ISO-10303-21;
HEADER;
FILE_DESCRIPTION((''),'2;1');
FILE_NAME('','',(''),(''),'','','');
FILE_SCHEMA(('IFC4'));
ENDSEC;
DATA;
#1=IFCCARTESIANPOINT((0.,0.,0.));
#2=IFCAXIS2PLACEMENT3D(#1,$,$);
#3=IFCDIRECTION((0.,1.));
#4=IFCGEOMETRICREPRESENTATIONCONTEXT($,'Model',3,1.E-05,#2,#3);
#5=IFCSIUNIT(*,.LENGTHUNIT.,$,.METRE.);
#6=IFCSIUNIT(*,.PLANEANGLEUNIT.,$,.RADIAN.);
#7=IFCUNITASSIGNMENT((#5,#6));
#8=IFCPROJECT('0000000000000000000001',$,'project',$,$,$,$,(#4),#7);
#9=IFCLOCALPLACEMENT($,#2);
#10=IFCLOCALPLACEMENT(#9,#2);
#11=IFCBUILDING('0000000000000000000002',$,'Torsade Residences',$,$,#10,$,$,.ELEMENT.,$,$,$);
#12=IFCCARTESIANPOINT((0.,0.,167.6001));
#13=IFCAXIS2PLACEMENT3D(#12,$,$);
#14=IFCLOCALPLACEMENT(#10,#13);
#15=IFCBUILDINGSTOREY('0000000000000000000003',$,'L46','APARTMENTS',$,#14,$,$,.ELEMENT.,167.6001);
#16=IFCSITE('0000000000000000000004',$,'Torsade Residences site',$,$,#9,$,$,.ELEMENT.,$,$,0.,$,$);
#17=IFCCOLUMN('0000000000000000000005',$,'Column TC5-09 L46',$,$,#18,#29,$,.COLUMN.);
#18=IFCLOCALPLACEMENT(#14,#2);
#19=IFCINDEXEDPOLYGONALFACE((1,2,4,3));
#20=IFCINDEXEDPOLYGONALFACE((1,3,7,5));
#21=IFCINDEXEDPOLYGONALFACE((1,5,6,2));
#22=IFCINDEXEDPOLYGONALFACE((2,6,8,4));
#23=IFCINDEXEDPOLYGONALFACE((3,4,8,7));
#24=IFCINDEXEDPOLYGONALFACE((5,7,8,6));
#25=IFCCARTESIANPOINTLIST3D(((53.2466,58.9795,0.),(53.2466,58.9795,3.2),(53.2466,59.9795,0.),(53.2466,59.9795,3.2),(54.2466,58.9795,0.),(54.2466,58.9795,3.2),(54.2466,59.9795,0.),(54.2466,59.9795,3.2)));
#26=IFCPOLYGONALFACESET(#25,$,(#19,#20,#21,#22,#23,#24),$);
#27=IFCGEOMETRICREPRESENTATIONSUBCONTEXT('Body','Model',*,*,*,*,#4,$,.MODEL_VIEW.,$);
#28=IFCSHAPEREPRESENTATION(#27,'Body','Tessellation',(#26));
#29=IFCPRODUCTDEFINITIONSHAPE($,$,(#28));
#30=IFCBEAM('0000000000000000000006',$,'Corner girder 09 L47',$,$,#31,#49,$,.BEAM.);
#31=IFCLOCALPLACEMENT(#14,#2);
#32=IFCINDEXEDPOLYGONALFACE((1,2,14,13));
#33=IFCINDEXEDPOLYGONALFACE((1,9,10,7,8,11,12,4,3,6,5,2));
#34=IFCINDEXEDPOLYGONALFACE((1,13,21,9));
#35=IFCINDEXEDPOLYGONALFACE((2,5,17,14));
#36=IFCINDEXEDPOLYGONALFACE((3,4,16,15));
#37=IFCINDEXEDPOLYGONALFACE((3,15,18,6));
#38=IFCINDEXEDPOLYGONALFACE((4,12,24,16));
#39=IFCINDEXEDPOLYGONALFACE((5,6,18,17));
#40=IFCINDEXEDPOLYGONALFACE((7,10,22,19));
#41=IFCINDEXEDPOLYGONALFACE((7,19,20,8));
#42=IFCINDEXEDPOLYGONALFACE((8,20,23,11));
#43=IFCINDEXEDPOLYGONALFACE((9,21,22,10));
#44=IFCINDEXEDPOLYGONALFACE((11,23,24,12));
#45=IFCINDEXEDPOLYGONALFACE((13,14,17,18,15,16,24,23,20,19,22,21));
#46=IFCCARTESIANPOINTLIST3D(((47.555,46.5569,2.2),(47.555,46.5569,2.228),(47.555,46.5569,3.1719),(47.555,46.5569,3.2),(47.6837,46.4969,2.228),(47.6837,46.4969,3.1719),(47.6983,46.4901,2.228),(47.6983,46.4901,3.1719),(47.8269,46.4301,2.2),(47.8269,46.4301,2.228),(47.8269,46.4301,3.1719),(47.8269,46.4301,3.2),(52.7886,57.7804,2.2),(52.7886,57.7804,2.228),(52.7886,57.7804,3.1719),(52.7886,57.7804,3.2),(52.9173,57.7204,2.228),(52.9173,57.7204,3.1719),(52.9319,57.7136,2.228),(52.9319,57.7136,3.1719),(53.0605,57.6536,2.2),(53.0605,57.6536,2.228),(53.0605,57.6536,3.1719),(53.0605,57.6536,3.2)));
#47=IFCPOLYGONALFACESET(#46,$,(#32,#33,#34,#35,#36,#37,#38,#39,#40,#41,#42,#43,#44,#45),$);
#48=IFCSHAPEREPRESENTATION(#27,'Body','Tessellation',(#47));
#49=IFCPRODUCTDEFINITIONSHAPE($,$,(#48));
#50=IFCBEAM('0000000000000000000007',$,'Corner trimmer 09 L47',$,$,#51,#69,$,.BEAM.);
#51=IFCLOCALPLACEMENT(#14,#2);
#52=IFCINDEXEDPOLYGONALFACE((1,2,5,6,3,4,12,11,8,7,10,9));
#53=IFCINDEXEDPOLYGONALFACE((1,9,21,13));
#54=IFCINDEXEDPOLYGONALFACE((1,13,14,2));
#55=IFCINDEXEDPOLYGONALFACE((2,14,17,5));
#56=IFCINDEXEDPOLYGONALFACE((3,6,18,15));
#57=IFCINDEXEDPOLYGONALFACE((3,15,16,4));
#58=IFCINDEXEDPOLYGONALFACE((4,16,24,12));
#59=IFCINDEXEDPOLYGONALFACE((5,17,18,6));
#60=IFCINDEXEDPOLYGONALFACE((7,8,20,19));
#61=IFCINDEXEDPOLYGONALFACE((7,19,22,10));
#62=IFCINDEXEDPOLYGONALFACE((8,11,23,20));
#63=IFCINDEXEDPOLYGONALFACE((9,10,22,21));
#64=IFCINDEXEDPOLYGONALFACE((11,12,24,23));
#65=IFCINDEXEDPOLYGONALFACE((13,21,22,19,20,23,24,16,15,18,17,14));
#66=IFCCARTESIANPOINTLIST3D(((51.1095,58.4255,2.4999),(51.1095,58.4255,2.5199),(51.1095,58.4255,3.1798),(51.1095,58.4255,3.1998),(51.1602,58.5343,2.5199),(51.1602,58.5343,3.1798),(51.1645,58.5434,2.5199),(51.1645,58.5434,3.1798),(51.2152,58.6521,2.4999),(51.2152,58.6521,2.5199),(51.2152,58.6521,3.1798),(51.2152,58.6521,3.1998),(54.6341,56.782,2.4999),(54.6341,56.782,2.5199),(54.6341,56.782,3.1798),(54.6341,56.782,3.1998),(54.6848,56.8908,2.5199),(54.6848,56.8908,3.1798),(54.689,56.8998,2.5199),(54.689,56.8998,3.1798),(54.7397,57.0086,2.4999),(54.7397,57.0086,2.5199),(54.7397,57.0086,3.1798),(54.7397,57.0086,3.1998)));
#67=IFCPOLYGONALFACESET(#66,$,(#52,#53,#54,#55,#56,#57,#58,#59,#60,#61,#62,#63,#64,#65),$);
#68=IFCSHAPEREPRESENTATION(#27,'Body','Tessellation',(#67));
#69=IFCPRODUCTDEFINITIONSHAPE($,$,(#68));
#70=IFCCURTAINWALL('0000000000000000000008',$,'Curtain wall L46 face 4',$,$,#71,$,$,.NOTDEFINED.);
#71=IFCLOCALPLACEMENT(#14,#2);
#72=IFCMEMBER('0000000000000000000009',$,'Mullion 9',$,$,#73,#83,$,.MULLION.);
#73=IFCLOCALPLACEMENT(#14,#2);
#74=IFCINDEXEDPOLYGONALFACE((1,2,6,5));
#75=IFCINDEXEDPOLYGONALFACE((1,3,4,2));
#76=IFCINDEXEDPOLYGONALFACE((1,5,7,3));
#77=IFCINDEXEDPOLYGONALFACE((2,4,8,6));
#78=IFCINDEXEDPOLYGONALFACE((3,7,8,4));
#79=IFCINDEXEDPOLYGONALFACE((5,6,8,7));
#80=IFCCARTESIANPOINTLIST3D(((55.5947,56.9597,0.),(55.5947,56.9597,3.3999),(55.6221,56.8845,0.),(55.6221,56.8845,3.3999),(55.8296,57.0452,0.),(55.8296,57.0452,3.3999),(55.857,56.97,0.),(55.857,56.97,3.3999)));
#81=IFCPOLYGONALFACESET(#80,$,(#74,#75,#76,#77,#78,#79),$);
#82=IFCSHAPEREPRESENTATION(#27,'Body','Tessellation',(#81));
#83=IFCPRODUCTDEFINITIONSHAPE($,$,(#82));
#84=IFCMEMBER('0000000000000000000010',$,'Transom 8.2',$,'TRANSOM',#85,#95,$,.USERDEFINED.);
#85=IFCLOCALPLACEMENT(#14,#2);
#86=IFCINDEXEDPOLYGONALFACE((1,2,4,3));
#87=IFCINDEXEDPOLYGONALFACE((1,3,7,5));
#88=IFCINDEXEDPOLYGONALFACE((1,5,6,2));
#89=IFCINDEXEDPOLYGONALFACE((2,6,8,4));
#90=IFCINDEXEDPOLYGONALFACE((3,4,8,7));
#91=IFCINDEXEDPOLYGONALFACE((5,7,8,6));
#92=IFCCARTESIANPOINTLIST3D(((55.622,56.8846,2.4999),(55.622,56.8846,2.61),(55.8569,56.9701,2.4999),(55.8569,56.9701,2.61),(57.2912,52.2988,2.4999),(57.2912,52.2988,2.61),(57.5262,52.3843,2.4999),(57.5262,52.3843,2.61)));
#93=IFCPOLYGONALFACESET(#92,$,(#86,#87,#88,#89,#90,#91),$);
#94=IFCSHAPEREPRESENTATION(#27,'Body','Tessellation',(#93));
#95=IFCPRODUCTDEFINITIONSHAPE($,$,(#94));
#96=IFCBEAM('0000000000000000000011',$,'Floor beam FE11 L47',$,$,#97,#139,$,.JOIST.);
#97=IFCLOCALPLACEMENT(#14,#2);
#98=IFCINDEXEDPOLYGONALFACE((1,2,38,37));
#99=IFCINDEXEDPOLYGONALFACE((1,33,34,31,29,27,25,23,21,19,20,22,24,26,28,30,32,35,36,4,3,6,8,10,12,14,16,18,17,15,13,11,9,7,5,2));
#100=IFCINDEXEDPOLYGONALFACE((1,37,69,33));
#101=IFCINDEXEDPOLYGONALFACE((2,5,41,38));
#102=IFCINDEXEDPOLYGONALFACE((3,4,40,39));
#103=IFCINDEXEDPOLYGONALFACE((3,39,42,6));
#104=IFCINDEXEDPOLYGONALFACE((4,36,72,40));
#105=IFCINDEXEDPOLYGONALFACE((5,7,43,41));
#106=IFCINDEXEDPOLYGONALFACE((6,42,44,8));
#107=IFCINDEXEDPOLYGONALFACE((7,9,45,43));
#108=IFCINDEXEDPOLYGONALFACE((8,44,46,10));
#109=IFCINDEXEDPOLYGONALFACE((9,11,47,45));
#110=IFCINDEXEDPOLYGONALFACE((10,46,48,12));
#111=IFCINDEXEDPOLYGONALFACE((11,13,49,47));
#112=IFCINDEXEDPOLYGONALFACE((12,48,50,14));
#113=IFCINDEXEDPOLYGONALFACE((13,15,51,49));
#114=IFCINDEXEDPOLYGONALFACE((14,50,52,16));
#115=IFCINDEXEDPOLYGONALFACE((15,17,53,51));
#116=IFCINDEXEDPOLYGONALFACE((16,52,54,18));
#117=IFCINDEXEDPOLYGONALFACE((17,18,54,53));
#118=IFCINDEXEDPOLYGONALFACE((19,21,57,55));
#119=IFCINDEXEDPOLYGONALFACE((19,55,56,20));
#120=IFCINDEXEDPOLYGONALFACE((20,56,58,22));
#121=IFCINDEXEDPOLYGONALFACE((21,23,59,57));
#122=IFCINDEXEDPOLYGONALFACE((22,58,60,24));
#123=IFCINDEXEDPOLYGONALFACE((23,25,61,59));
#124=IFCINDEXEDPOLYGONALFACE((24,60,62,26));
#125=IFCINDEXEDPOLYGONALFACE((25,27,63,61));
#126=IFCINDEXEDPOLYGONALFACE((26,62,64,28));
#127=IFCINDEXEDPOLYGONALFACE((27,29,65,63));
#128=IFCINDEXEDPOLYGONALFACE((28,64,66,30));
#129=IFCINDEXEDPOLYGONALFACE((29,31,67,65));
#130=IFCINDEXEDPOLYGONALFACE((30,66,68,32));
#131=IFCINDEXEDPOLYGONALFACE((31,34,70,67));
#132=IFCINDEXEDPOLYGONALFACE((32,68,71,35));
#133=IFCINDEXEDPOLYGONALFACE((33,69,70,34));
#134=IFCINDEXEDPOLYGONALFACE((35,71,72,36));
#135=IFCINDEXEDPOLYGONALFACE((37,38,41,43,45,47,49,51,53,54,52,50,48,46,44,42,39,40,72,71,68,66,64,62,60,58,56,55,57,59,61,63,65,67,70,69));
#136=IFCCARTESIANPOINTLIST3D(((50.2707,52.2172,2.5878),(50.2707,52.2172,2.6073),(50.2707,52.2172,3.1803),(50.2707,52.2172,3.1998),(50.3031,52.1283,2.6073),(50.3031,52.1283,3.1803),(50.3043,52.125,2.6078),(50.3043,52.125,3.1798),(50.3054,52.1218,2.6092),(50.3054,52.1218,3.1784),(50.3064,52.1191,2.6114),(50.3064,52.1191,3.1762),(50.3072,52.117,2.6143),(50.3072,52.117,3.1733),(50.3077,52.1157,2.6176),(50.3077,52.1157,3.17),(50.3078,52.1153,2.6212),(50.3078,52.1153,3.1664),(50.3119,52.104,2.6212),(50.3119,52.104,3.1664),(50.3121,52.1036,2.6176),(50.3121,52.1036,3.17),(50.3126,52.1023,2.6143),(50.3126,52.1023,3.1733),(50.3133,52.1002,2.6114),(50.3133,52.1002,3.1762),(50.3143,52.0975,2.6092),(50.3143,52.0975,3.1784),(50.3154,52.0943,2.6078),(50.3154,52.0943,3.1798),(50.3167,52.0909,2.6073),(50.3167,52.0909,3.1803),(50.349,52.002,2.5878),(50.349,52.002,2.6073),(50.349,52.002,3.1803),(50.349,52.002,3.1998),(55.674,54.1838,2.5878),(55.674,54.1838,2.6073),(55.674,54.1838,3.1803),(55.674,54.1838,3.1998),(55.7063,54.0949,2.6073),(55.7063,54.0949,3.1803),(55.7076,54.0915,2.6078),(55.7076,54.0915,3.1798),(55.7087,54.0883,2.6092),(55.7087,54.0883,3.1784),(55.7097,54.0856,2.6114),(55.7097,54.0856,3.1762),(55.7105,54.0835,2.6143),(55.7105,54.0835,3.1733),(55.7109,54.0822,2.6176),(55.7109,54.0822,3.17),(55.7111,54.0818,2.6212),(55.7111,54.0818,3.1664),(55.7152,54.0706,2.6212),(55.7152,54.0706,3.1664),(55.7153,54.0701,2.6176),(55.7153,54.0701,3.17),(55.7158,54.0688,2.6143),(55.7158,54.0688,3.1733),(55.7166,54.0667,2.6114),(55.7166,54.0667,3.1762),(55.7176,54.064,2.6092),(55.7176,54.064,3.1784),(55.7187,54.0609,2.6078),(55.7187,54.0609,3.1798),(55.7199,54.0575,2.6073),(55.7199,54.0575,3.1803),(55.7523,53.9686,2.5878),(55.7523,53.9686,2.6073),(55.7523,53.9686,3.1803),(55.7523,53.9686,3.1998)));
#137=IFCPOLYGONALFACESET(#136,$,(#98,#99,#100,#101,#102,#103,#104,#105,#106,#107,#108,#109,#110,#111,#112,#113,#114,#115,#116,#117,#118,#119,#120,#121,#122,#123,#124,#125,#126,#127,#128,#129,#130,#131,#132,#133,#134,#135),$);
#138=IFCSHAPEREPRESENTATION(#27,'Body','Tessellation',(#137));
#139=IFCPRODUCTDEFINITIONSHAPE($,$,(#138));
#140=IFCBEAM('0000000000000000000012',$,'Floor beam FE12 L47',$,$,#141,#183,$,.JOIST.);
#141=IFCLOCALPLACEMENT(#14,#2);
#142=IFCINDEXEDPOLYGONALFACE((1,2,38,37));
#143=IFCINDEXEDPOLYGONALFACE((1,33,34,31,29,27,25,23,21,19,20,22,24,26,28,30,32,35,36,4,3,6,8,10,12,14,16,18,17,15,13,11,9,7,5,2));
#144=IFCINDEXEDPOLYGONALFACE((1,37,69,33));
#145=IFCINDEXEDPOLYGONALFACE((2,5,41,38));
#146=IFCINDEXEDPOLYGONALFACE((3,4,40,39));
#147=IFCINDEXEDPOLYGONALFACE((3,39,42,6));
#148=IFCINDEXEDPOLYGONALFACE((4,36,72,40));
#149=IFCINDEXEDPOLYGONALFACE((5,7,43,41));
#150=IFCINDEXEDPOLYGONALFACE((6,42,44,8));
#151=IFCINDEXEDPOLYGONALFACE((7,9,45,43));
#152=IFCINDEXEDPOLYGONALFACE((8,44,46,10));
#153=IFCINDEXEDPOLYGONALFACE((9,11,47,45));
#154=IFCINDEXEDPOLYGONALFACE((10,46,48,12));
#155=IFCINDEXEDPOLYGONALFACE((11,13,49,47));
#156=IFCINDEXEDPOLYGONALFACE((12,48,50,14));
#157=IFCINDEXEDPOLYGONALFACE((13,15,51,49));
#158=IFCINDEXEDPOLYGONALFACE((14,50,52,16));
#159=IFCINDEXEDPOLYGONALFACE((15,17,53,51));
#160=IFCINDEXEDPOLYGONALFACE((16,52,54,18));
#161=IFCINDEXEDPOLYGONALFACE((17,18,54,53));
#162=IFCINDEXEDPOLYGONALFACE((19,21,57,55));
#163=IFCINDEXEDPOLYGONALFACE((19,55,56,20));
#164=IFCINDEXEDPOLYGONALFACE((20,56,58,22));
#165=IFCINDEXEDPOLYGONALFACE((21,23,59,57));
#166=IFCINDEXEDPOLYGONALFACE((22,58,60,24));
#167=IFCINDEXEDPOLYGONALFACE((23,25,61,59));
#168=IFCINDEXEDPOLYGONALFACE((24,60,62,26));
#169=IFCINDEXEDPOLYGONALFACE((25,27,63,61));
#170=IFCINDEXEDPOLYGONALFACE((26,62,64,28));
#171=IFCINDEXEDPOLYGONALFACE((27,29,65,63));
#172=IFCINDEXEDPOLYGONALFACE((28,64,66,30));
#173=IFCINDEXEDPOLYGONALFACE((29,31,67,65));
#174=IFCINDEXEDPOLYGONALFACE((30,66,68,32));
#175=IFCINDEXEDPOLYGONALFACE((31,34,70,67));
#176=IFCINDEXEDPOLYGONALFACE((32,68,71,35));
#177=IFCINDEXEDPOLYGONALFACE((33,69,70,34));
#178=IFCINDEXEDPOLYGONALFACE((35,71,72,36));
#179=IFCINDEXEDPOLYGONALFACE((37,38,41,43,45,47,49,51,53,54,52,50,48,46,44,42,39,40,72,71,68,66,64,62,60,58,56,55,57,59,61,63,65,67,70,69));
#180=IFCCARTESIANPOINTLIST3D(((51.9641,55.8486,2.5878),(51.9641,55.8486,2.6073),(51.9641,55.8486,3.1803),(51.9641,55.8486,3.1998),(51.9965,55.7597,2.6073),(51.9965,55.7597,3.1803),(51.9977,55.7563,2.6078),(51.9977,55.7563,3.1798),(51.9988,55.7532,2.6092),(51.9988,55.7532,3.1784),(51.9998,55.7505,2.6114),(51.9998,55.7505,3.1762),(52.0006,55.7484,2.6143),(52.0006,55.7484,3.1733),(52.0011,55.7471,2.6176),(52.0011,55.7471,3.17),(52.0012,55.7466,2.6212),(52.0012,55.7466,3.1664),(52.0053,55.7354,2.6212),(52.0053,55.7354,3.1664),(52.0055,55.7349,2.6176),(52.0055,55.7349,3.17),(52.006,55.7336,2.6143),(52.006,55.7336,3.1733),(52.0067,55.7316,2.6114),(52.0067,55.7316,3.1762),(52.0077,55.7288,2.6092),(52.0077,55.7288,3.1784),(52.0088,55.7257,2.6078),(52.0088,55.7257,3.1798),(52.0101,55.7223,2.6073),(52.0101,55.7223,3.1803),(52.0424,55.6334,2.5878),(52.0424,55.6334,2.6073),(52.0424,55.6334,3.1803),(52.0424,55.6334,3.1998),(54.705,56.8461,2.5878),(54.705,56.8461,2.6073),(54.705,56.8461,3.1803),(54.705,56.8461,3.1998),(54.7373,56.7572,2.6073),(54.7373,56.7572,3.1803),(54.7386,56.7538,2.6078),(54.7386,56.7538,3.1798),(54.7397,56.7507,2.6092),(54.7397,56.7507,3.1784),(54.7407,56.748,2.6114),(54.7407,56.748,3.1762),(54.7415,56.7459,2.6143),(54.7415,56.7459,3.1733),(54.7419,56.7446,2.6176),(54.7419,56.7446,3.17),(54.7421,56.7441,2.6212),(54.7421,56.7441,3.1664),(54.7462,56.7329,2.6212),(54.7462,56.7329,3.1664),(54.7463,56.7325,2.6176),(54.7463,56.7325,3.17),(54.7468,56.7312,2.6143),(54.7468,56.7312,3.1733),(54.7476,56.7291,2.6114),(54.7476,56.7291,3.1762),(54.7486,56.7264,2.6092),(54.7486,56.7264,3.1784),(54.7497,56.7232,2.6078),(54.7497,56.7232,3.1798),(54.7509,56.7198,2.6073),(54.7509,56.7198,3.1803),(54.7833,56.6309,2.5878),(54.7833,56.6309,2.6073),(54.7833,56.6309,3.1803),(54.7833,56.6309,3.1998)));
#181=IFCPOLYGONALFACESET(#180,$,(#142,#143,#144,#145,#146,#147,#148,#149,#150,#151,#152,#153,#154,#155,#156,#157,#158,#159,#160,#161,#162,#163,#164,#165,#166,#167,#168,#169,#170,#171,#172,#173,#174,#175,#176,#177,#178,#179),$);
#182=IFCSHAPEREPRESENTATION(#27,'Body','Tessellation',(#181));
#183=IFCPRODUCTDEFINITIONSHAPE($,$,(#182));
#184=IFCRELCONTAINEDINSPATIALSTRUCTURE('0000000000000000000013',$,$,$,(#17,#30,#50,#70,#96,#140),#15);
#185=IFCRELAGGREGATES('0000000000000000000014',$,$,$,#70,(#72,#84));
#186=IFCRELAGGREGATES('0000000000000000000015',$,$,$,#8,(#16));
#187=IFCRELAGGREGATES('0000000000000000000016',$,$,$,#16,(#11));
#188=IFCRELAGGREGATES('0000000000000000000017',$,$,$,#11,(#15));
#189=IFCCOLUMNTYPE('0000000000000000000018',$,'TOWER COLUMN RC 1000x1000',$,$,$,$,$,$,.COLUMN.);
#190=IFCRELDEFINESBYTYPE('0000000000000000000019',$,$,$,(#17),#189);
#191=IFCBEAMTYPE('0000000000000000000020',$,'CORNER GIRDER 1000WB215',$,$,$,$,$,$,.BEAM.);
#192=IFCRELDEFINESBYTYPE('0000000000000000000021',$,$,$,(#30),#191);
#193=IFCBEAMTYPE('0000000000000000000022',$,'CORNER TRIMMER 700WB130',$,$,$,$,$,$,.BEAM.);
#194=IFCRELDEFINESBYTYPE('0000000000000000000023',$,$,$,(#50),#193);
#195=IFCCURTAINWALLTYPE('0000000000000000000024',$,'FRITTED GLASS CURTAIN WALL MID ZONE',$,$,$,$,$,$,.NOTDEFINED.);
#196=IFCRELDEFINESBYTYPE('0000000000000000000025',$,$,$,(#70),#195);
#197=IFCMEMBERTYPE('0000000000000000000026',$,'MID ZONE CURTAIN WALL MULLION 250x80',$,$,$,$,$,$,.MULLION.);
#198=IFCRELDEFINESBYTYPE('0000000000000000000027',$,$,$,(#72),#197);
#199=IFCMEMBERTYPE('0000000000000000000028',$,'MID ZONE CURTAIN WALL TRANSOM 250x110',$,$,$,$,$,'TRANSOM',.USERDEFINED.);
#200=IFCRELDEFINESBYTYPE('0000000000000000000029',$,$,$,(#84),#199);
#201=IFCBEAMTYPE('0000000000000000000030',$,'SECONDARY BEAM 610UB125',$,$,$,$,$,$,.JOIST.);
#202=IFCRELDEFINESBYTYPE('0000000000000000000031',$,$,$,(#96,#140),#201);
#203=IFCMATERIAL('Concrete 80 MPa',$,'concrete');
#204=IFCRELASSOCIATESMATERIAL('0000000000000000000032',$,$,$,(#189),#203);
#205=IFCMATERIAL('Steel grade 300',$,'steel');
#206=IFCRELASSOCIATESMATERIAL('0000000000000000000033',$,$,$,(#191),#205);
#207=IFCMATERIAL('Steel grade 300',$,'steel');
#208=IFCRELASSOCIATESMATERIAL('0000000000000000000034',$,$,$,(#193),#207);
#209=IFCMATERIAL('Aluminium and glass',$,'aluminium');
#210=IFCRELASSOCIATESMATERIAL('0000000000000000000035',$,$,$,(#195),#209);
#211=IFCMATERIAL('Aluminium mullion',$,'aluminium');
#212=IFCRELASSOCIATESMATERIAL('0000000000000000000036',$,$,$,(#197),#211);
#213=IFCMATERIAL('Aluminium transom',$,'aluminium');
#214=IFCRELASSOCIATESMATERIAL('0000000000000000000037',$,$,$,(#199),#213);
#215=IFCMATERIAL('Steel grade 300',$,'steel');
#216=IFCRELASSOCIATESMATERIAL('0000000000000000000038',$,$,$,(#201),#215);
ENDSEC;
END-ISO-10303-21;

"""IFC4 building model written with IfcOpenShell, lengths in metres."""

from ifc_helpers import new_model, si_unit, direction, frame, origin, origin_2d, place, context, subcontext, project, spatial, rectangle, i_section, extrude, material, material_profile, profile_set, type_object, element, aggregate, save


model = new_model("IFC4")

# Units and contexts
model_context = context("Model", 3, precision=1e-05, world=origin(), true_north=direction((0.0, 1.0)))
body_context = subcontext(model_context, "Body", "Model", "MODEL_VIEW")
ifc_project = project(units=[si_unit("LENGTHUNIT", "METRE"), si_unit("PLANEANGLEUNIT", "RADIAN")], contexts=[model_context])

# Site, building, storey
site_placement = place(None, origin())
site = spatial("IfcSite", under=ifc_project, at=site_placement, Name="Torsade Residences site", CompositionType="ELEMENT", RefElevation=0.0)
building_placement = place(site_placement, origin())
building = spatial("IfcBuilding", under=site, at=building_placement, Name="Torsade Residences", CompositionType="ELEMENT")
storey_placement = place(building_placement, frame((0.0, 0.0, 167.6001)))
storey = spatial("IfcBuildingStorey", under=building, at=storey_placement, Name="L46", Description="APARTMENTS", CompositionType="ELEMENT", Elevation=167.6001)

# Column
ifc_material_1 = material(Name="Concrete 80 MPa", Category="concrete")
ifc_material_profile_1 = material_profile(ifc_material_1, rectangle(XDim=1.0, YDim=1.0, at=origin_2d()), Name="RC 1000x1000")
ifc_profile_set_1 = profile_set([ifc_material_profile_1], Name="Concrete 80 MPa")
column_type = type_object("IfcColumnType", Name="TOWER COLUMN RC 1000x1000", PredefinedType="COLUMN", material=ifc_profile_set_1)
column_placement = place(storey_placement, frame((53.7466, 59.4795, 0.0), z_axis=(0.0, 0.0, 1.0), x_axis=(1.0, 0.0, 0.0)))
element("IfcColumn", 1, at=column_placement, inside=storey, type_object=column_type, Name="Column TC5-09 L46", PredefinedType="COLUMN", context=body_context, shape_type="SweptSolid", body=[
    extrude(rectangle(XDim=1.0, YDim=1.0, at=origin_2d()), origin(), (0.0, 0.0, 1.0), 3.2),
])

# Beams
ifc_material_2 = material(Name="Steel grade 300", Category="steel")
ifc_material_profile_2 = material_profile(ifc_material_2, i_section(OverallWidth=0.3, OverallDepth=1.0, WebThickness=0.0161, FlangeThickness=0.0281, at=origin_2d()), Name="1000WB215")
ifc_profile_set_2 = profile_set([ifc_material_profile_2], Name="Steel grade 300")
beam_type_1 = type_object("IfcBeamType", Name="CORNER GIRDER 1000WB215", PredefinedType="BEAM", material=ifc_profile_set_2)
beam_1_placement = place(storey_placement, frame((52.9246, 57.717, 2.7), z_axis=(-0.422617, -0.906309, 0.0), x_axis=(0.906309, -0.422617, 0.0)))
element("IfcBeam", 2, at=beam_1_placement, inside=storey, type_object=beam_type_1, Name="Corner girder 09 L47", PredefinedType="BEAM", context=body_context, shape_type="SweptSolid", body=[
    extrude(i_section(OverallWidth=0.3, OverallDepth=1.0, WebThickness=0.0161, FlangeThickness=0.0281, at=origin_2d()), origin(), (0.0, 0.0, 1.0), 12.3838),
])
ifc_material_3 = material(Name="Steel grade 300", Category="steel")
ifc_material_profile_3 = material_profile(ifc_material_3, i_section(OverallWidth=0.25, OverallDepth=0.7, WebThickness=0.01, FlangeThickness=0.02, at=origin_2d()), Name="700WB130")
ifc_profile_set_3 = profile_set([ifc_material_profile_3], Name="Steel grade 300")
beam_type_2 = type_object("IfcBeamType", Name="CORNER TRIMMER 700WB130", PredefinedType="BEAM", material=ifc_profile_set_3)
beam_2_placement = place(storey_placement, frame((51.1624, 58.5388, 2.8499), z_axis=(0.90631, -0.422614, 0.0), x_axis=(0.422614, 0.90631, 0.0)))
element("IfcBeam", 3, at=beam_2_placement, inside=storey, type_object=beam_type_2, Name="Corner trimmer 09 L47", PredefinedType="BEAM", context=body_context, shape_type="SweptSolid", body=[
    extrude(i_section(OverallWidth=0.25, OverallDepth=0.7, WebThickness=0.01, FlangeThickness=0.02, at=origin_2d()), origin(), (0.0, 0.0, 1.0), 3.8889),
])

# Curtain wall, members
ifc_material_4 = material(Name="Aluminium and glass", Category="aluminium")
curtain_wall_type = type_object("IfcCurtainWallType", Name="FRITTED GLASS CURTAIN WALL MID ZONE", PredefinedType="NOTDEFINED", material=ifc_material_4)
curtain_wall_placement = place(storey_placement, origin())
curtain_wall = element("IfcCurtainWall", 4, at=curtain_wall_placement, inside=storey, type_object=curtain_wall_type, Name="Curtain wall L46 face 4", PredefinedType="NOTDEFINED")
ifc_material_5 = material(Name="Aluminium mullion", Category="aluminium")
ifc_material_profile_4 = material_profile(ifc_material_5, rectangle(XDim=0.25, YDim=0.0801, at=origin_2d()), Name="MID ZONE CURTAIN WALL MULLION 250x80")
ifc_profile_set_4 = profile_set([ifc_material_profile_4], Name="Aluminium mullion")
member_type_1 = type_object("IfcMemberType", Name="MID ZONE CURTAIN WALL MULLION 250x80", PredefinedType="MULLION", material=ifc_profile_set_4)
member_1_placement = place(storey_placement, frame((55.7258, 56.9648, 0.0), z_axis=(0.0, 0.0, 1.0), x_axis=(-0.939693, -0.34202, 0.0)))
member_1 = element("IfcMember", 5, at=member_1_placement, type_object=member_type_1, Name="Mullion 9", PredefinedType="MULLION", context=body_context, shape_type="SweptSolid", body=[
    extrude(rectangle(XDim=0.25, YDim=0.0801, at=origin_2d()), origin(), (0.0, 0.0, 1.0), 3.3999),
])
ifc_material_6 = material(Name="Aluminium transom", Category="aluminium")
ifc_material_profile_5 = material_profile(ifc_material_6, rectangle(XDim=0.25, YDim=0.1101, at=origin_2d()), Name="MID ZONE CURTAIN WALL TRANSOM 250x110")
ifc_profile_set_5 = profile_set([ifc_material_profile_5], Name="Aluminium transom")
member_type_2 = type_object("IfcMemberType", Name="MID ZONE CURTAIN WALL TRANSOM 250x110", ElementType="TRANSOM", PredefinedType="USERDEFINED", material=ifc_profile_set_5)
member_2_placement = place(storey_placement, frame((57.4087, 52.3416, 2.5549), z_axis=(-0.342044, 0.939684, 0.0), x_axis=(-0.939684, -0.342044, 0.0)))
member_2 = element("IfcMember", 6, at=member_2_placement, type_object=member_type_2, Name="Transom 8.2", ObjectType="TRANSOM", PredefinedType="USERDEFINED", context=body_context, shape_type="SweptSolid", body=[
    extrude(rectangle(XDim=0.25, YDim=0.1101, at=origin_2d()), origin(), (0.0, 0.0, 1.0), 4.8801),
])

# Beams
ifc_material_7 = material(Name="Steel grade 300", Category="steel")
ifc_material_profile_6 = material_profile(ifc_material_7, i_section(OverallWidth=0.229, OverallDepth=0.6121, WebThickness=0.012, FlangeThickness=0.0195, FilletRadius=0.0139, at=origin_2d()), Name="610UB125")
ifc_profile_set_6 = profile_set([ifc_material_profile_6], Name="Steel grade 300")
beam_type_3 = type_object("IfcBeamType", Name="SECONDARY BEAM 610UB125", PredefinedType="JOIST", material=ifc_profile_set_6)
beam_3_placement = place(storey_placement, frame((55.7131, 54.0762, 2.8938), z_axis=(-0.939698, -0.342006, 0.0), x_axis=(0.342006, -0.939698, 0.0)))
element("IfcBeam", 7, at=beam_3_placement, inside=storey, type_object=beam_type_3, Name="Floor beam FE11 L47", PredefinedType="JOIST", context=body_context, shape_type="SweptSolid", body=[
    extrude(i_section(OverallWidth=0.229, OverallDepth=0.6121, WebThickness=0.012, FlangeThickness=0.0195, FilletRadius=0.0139, at=origin_2d()), origin(), (0.0, 0.0, 1.0), 5.75),
])
for number, where, z_axis, x_axis, name in (
    (8, (54.7441, 56.7385, 2.8938), (-0.939701, -0.341998, 0.0), (0.341998, -0.939701, 0.0), "Floor beam FE12 L47"),
):
    element("IfcBeam", number, at=place(storey_placement, frame(where, z_axis=z_axis, x_axis=x_axis)), inside=storey, type_object=beam_type_3, Name=name, PredefinedType="JOIST", context=body_context, shape_type="SweptSolid", body=[
        extrude(i_section(OverallWidth=0.229, OverallDepth=0.6121, WebThickness=0.012, FlangeThickness=0.0195, FilletRadius=0.0139, at=origin_2d()), origin(), (0.0, 0.0, 1.0), 2.9167),
    ])

aggregate(curtain_wall, [member_1, member_2])

save(model, "model.ifc")
